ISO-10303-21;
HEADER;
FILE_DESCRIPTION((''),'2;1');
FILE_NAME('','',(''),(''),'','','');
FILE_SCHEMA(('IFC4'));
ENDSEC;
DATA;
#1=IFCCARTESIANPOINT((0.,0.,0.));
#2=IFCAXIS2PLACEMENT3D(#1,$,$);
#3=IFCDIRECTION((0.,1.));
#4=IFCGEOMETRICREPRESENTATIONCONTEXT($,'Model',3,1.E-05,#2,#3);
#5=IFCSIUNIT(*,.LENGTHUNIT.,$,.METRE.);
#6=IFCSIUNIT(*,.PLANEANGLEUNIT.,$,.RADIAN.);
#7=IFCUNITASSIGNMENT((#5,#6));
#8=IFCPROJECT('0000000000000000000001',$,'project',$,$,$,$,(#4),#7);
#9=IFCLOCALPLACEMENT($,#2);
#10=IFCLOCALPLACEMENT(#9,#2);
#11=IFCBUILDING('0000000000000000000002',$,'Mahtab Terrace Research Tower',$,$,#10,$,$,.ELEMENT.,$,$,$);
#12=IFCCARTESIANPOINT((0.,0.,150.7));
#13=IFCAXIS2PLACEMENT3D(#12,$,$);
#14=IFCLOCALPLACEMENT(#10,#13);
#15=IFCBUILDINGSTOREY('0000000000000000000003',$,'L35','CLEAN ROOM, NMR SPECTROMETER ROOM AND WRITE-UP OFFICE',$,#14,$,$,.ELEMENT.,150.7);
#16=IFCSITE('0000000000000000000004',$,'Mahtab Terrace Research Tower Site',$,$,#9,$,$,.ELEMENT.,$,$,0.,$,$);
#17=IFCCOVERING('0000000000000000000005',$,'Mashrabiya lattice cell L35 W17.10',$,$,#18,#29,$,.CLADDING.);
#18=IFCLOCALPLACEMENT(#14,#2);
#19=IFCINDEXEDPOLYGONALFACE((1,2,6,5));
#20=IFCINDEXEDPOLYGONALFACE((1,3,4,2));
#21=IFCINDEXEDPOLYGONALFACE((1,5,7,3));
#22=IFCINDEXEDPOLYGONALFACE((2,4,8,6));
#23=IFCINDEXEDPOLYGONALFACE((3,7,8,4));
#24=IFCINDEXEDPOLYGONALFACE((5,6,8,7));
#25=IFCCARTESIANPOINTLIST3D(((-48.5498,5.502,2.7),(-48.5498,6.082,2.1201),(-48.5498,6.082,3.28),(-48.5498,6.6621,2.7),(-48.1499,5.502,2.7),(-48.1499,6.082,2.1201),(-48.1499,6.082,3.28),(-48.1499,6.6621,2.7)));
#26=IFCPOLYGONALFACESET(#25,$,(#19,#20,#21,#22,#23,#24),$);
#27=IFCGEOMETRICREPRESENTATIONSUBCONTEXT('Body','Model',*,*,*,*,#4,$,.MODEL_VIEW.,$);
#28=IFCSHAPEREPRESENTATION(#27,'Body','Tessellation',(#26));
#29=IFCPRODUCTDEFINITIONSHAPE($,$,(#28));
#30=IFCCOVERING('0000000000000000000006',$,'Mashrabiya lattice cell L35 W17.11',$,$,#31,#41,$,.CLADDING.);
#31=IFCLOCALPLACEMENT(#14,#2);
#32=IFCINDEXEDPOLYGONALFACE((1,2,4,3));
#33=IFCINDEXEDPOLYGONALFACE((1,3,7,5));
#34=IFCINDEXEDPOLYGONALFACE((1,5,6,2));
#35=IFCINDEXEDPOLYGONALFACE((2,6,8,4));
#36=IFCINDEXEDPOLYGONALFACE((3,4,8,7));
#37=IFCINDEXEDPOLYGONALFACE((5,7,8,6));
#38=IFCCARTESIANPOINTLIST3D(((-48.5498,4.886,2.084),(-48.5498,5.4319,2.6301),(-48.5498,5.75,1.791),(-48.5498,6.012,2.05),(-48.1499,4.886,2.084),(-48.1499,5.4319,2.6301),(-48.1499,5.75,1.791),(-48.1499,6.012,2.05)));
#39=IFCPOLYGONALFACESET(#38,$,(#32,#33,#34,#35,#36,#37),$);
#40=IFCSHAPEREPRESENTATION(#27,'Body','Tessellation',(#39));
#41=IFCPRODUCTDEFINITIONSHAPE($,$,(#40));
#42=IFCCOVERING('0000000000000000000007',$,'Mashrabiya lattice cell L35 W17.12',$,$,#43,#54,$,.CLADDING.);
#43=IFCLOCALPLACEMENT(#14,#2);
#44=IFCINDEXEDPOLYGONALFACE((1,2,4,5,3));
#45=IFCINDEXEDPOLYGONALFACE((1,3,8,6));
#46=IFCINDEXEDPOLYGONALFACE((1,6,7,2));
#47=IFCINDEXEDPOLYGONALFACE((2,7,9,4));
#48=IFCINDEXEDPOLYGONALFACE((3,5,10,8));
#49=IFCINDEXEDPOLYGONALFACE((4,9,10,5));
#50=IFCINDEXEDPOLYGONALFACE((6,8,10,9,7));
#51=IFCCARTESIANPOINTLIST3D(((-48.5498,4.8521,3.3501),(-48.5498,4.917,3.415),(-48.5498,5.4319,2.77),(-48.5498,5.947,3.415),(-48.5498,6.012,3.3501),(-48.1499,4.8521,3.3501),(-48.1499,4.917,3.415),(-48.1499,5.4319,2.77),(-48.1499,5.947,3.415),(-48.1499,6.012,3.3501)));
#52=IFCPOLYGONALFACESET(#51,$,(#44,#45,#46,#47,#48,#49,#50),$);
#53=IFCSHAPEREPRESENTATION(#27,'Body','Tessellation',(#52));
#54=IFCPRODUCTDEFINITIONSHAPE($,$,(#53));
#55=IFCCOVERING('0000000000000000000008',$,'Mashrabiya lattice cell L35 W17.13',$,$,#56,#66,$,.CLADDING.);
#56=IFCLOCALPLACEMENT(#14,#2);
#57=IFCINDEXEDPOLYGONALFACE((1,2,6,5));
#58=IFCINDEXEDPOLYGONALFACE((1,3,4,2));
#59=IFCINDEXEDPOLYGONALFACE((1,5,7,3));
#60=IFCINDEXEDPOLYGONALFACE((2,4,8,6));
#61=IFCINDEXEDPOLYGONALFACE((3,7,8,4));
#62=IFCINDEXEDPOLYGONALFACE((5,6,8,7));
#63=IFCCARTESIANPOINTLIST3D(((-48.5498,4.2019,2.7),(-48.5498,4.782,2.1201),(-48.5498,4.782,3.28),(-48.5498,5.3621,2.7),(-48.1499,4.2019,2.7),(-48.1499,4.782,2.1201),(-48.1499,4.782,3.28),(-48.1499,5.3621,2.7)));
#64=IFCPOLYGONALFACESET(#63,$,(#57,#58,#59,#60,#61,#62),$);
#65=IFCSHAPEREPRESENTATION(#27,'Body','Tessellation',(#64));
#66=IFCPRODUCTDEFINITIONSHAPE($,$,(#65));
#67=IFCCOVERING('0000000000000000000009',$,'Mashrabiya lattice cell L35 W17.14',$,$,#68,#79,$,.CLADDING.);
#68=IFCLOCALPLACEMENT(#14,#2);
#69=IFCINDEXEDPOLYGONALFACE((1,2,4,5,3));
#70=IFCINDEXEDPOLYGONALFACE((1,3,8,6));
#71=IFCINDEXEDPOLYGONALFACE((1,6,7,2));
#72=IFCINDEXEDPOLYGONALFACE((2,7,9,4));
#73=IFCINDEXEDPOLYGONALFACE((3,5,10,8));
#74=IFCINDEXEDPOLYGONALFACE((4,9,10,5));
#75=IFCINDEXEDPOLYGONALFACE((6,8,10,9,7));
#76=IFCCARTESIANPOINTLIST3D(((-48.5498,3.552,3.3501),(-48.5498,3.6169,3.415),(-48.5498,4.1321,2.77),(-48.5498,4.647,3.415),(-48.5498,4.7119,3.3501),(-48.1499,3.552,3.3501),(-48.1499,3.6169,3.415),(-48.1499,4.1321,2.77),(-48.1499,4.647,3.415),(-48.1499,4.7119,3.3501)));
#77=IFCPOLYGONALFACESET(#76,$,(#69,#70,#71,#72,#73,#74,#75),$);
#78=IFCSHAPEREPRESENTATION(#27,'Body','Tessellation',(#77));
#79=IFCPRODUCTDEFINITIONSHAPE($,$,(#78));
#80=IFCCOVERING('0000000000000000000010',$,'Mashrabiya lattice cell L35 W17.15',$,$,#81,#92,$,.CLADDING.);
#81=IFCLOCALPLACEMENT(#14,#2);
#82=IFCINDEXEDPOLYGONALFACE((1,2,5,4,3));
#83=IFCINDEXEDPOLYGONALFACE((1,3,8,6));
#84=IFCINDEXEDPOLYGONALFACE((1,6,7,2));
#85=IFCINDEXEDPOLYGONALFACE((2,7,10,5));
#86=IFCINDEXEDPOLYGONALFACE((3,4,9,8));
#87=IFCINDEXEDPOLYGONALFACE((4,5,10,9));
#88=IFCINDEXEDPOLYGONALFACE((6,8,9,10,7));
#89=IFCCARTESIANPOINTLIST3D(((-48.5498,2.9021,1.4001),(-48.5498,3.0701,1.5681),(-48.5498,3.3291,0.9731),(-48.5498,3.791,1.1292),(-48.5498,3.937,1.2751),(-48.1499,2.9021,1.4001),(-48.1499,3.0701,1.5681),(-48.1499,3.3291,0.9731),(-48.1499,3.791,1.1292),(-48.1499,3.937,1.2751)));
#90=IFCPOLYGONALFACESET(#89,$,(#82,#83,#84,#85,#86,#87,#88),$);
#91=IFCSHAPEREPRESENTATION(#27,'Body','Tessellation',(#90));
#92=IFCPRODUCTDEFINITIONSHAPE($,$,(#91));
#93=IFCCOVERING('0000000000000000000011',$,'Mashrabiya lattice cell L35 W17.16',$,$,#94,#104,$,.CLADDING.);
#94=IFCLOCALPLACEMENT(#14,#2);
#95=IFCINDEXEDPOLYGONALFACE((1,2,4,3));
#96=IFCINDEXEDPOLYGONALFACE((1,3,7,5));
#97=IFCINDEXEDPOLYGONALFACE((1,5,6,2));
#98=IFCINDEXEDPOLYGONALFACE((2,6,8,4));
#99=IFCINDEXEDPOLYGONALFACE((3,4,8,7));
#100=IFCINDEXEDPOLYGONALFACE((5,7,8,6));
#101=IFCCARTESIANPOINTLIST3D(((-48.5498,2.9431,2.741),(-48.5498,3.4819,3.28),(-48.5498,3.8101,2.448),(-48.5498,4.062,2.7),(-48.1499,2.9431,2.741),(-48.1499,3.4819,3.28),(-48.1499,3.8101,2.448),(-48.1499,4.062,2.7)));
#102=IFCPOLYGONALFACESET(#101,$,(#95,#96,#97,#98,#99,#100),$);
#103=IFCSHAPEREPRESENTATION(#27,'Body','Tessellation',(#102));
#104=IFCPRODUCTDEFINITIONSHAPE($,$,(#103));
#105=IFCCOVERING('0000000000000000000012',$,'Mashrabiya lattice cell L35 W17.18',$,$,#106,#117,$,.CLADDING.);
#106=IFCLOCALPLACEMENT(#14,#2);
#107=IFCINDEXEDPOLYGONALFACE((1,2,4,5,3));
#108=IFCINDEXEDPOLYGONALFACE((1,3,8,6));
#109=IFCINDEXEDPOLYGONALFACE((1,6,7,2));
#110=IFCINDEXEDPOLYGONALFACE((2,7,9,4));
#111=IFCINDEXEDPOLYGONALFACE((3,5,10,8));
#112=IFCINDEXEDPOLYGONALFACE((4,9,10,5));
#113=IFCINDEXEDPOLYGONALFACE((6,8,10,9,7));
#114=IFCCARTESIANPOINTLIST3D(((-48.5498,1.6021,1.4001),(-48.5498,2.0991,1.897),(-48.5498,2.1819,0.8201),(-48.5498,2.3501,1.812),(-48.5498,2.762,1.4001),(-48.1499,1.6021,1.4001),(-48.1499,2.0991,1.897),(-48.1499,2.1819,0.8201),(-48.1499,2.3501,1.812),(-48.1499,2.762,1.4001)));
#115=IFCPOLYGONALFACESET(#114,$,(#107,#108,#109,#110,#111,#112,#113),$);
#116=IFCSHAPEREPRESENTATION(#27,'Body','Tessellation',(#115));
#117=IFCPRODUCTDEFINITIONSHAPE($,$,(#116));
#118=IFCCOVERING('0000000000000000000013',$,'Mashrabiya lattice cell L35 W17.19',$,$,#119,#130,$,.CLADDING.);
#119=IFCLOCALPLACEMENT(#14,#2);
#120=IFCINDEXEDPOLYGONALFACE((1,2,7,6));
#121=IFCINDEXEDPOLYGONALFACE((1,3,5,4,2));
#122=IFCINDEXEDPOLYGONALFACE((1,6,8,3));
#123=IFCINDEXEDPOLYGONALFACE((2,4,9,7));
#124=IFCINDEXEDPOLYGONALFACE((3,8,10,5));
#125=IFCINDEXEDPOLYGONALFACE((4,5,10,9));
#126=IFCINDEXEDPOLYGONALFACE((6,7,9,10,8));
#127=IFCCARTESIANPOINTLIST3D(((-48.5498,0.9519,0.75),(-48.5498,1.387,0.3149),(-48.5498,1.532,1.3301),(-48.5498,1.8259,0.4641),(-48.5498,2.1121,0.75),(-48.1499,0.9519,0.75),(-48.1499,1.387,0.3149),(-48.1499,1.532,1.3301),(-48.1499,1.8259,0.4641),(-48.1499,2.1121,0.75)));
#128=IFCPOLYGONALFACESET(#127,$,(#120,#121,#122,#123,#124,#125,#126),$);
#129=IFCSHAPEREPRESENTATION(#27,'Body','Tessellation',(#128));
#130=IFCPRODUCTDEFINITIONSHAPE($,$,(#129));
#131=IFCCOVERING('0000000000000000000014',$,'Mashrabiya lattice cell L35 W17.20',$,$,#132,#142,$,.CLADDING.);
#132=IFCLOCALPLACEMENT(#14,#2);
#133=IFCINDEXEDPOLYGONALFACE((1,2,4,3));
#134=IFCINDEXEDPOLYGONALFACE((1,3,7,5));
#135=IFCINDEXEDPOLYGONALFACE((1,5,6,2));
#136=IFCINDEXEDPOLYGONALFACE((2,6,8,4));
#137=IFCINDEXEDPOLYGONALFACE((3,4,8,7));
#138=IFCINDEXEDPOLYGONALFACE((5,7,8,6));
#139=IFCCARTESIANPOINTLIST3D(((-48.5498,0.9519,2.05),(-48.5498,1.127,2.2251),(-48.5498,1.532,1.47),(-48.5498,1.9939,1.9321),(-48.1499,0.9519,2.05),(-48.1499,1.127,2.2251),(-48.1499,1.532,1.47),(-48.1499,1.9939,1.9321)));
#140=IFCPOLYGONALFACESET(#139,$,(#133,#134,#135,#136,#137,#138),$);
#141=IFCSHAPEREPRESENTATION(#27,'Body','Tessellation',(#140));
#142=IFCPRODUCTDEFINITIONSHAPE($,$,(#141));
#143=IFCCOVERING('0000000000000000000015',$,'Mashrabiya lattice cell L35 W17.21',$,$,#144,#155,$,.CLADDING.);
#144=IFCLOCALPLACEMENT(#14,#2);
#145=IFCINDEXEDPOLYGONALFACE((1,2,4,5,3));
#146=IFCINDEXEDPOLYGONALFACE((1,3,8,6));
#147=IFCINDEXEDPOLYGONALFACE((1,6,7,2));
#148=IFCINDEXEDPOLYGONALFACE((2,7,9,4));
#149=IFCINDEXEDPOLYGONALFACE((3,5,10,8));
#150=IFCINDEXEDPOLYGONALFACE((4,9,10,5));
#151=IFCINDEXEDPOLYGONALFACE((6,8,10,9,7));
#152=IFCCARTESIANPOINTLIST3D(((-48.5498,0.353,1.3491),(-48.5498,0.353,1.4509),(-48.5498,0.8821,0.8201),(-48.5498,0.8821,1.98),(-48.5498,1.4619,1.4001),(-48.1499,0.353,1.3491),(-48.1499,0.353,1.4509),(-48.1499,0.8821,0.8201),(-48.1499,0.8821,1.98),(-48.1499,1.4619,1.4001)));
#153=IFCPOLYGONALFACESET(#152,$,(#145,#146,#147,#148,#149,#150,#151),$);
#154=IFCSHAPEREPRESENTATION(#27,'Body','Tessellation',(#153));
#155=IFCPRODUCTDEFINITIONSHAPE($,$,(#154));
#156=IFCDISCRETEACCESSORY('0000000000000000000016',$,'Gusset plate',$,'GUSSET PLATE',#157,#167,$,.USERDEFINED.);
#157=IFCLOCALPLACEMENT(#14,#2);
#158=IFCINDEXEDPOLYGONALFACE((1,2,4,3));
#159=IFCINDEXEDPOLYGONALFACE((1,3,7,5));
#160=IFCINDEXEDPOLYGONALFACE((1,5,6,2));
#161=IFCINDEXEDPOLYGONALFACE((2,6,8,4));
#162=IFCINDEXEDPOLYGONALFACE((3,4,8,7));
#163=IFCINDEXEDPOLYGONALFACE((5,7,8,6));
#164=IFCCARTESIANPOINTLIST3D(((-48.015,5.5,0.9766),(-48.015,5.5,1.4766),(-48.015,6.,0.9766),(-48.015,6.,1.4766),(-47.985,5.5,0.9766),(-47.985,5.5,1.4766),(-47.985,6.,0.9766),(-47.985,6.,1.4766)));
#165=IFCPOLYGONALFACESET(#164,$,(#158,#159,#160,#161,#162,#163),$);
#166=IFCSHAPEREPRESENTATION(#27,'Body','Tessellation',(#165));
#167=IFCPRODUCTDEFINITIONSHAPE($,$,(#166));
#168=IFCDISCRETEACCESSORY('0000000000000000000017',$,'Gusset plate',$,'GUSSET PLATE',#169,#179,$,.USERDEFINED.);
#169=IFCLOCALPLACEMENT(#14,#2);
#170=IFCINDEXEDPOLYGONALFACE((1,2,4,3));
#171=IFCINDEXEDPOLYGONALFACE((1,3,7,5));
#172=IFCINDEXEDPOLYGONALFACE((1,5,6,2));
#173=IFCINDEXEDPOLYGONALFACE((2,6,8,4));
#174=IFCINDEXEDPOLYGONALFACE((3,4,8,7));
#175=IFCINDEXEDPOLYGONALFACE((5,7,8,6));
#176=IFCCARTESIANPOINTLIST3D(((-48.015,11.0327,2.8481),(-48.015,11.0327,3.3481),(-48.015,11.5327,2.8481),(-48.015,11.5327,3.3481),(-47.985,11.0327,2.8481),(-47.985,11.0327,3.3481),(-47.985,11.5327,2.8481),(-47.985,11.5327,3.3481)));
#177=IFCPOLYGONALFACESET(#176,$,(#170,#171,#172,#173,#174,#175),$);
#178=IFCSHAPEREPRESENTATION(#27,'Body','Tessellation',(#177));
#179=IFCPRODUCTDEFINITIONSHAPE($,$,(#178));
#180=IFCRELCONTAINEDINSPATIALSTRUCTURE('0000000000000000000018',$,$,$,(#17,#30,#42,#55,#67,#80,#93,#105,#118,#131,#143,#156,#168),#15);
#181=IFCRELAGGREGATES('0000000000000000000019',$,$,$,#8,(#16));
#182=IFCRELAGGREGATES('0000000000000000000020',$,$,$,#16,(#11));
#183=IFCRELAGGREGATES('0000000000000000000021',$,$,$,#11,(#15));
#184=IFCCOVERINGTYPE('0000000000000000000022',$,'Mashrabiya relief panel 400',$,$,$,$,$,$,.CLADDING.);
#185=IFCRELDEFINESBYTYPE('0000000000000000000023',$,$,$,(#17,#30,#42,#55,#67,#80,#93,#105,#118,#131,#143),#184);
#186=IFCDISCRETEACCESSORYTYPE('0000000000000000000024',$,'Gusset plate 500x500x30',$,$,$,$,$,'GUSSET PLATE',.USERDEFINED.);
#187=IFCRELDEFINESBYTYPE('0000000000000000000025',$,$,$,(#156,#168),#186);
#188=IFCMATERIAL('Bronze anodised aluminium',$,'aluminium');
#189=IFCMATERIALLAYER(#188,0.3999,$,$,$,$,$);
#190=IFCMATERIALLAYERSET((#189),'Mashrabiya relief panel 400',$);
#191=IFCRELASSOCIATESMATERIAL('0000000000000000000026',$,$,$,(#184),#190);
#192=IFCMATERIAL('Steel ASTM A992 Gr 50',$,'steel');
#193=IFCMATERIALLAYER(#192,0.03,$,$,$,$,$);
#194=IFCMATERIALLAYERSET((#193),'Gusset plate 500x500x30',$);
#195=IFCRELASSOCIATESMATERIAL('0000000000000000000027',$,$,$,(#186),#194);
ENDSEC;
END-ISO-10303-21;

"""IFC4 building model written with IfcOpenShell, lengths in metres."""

from ifc_helpers import new_model, si_unit, direction, frame, origin, origin_2d, place, context, subcontext, project, spatial, polyline, rectangle, outline, extrude, material, layer, layer_set, type_object, element, save


model = new_model("IFC4")

# Units and contexts
model_context = context("Model", 3, precision=1e-05, world=origin(), true_north=direction((0.0, 1.0)))
body_context = subcontext(model_context, "Body", "Model", "MODEL_VIEW")
ifc_project = project(units=[si_unit("LENGTHUNIT", "METRE"), si_unit("PLANEANGLEUNIT", "RADIAN")], contexts=[model_context])

# Site, building, storey
site_placement = place(None, origin())
site = spatial("IfcSite", under=ifc_project, at=site_placement, Name="Mahtab Terrace Research Tower Site", CompositionType="ELEMENT", RefElevation=0.0)
building_placement = place(site_placement, origin())
building = spatial("IfcBuilding", under=site, at=building_placement, Name="Mahtab Terrace Research Tower", CompositionType="ELEMENT")
storey_placement = place(building_placement, frame((0.0, 0.0, 150.7)))
storey = spatial("IfcBuildingStorey", under=building, at=storey_placement, Name="L35", Description="CLEAN ROOM, NMR SPECTROMETER ROOM AND WRITE-UP OFFICE", CompositionType="ELEMENT", Elevation=150.7)

# Shared definitions
ifc_material_1 = material(Name="Steel ASTM A992 Gr 50", Category="steel")

# Coverings
ifc_material_2 = material(Name="Bronze anodised aluminium", Category="aluminium")
ifc_layer_1 = layer(ifc_material_2, 0.3999)
ifc_layer_set_1 = layer_set([ifc_layer_1], Name="Mashrabiya relief panel 400")
covering_type = type_object("IfcCoveringType", Name="Mashrabiya relief panel 400", PredefinedType="CLADDING", material=ifc_layer_set_1)
covering_1_placement = place(storey_placement, frame((-48.1499, 6.082, 3.28), z_axis=(1.0, 0.0, 0.0), x_axis=(0.0, -0.707107, -0.707107)))
element("IfcCovering", 1, at=covering_1_placement, inside=storey, type_object=covering_type, Name="Mashrabiya lattice cell L35 W17.10", PredefinedType="CLADDING", context=body_context, shape_type="SweptSolid", body=[
    extrude(outline(polyline([(0.0, 0.0), (0.8204, 0.0), (0.8202, 0.8202), (0.0, 0.8204), (0.0, 0.0)])), origin(), (0.0, 0.0, -1.0), 0.3999),
])
covering_2_placement = place(storey_placement, frame((-48.1499, 6.012, 2.05), z_axis=(1.0, 0.0, 0.0), x_axis=(0.0, -0.707107, 0.707107)))
element("IfcCovering", 2, at=covering_2_placement, inside=storey, type_object=covering_type, Name="Mashrabiya lattice cell L35 W17.11", PredefinedType="CLADDING", context=body_context, shape_type="SweptSolid", body=[
    extrude(outline(polyline([(0.0, 0.0), (0.8204, 0.0), (0.8202, 0.7722), (0.0021, 0.3684), (0.0, 0.0)])), origin(), (0.0, 0.0, -1.0), 0.3999),
])
covering_3_placement = place(storey_placement, frame((-48.1499, 4.8521, 3.3501), z_axis=(1.0, 0.0, 0.0), x_axis=(0.0, 0.706958, -0.707256)))
element("IfcCovering", 3, at=covering_3_placement, inside=storey, type_object=covering_type, Name="Mashrabiya lattice cell L35 W17.12", PredefinedType="CLADDING", context=body_context, shape_type="SweptSolid", body=[
    extrude(outline(polyline([(0.0, 0.0), (0.8202, 0.0), (0.82, 0.8204), (0.7282, 0.8203), (0.0, 0.0918), (0.0, 0.0)])), origin(), (0.0, 0.0, -1.0), 0.3999),
])
covering_4_placement = place(storey_placement, frame((-48.1499, 4.782, 3.28), z_axis=(1.0, 0.0, 0.0), x_axis=(0.0, -0.707107, -0.707107)))
element("IfcCovering", 4, at=covering_4_placement, inside=storey, type_object=covering_type, Name="Mashrabiya lattice cell L35 W17.13", PredefinedType="CLADDING", context=body_context, shape_type="SweptSolid", body=[
    extrude(outline(polyline([(0.0, 0.0), (0.8204, 0.0), (0.8202, 0.8202), (0.0, 0.8204), (0.0, 0.0)])), origin(), (0.0, 0.0, -1.0), 0.3999),
])
covering_5_placement = place(storey_placement, frame((-48.1499, 3.552, 3.3501), z_axis=(1.0, 0.0, 0.0), x_axis=(0.0, 0.707107, -0.707107)))
element("IfcCovering", 5, at=covering_5_placement, inside=storey, type_object=covering_type, Name="Mashrabiya lattice cell L35 W17.14", PredefinedType="CLADDING", context=body_context, shape_type="SweptSolid", body=[
    extrude(outline(polyline([(0.0, 0.0), (0.8204, 0.0), (0.8202, 0.8202), (0.7283, 0.8202), (0.0, 0.0918), (0.0, 0.0)])), origin(), (0.0, 0.0, -1.0), 0.3999),
])
covering_6_placement = place(storey_placement, frame((-48.1499, 3.937, 1.2751), z_axis=(1.0, 0.0, 0.0), x_axis=(0.0, -0.947368, 0.320147)))
element("IfcCovering", 6, at=covering_6_placement, inside=storey, type_object=covering_type, Name="Mashrabiya lattice cell L35 W17.15", PredefinedType="CLADDING", context=body_context, shape_type="SweptSolid", body=[
    extrude(outline(polyline([(0.0, 0.0), (0.9151, 0.0), (1.0205, 0.2129), (0.4792, 0.4807), (0.0916, 0.1851), (0.0, 0.0)])), origin(), (0.0, 0.0, -1.0), 0.3999),
])
covering_7_placement = place(storey_placement, frame((-48.1499, 4.062, 2.7), z_axis=(1.0, 0.0, 0.0), x_axis=(0.0, -0.707107, 0.707107)))
element("IfcCovering", 7, at=covering_7_placement, inside=storey, type_object=covering_type, Name="Mashrabiya lattice cell L35 W17.16", PredefinedType="CLADDING", context=body_context, shape_type="SweptSolid", body=[
    extrude(outline(polyline([(0.0, 0.0), (0.8204, 0.0), (0.8202, 0.7622), (0.0, 0.3563), (0.0, 0.0)])), origin(), (0.0, 0.0, -1.0), 0.3999),
])
covering_8_placement = place(storey_placement, frame((-48.1499, 1.6021, 1.4001), z_axis=(1.0, 0.0, 0.0), x_axis=(0.0, 0.706958, -0.707256)))
element("IfcCovering", 8, at=covering_8_placement, inside=storey, type_object=covering_type, Name="Mashrabiya lattice cell L35 W17.18", PredefinedType="CLADDING", context=body_context, shape_type="SweptSolid", body=[
    extrude(outline(polyline([(0.0, 0.0), (0.8202, 0.0), (0.82, 0.8204), (0.2375, 0.8202), (0.0, 0.7028), (0.0, 0.0)])), origin(), (0.0, 0.0, -1.0), 0.3999),
])
covering_9_placement = place(storey_placement, frame((-48.1499, 2.1121, 0.75), z_axis=(1.0, 0.0, 0.0), x_axis=(0.0, -0.707107, 0.707107)))
element("IfcCovering", 9, at=covering_9_placement, inside=storey, type_object=covering_type, Name="Mashrabiya lattice cell L35 W17.19", PredefinedType="CLADDING", context=body_context, shape_type="SweptSolid", body=[
    extrude(outline(polyline([(0.0, 0.0), (0.8204, 0.0), (0.8204, 0.8204), (0.2051, 0.8204), (0.0002, 0.4045), (0.0, 0.0)])), origin(), (0.0, 0.0, -1.0), 0.3999),
])
covering_10_placement = place(storey_placement, frame((-48.1499, 0.9519, 2.05), z_axis=(1.0, 0.0, 0.0), x_axis=(0.0, 0.707107, -0.707107)))
element("IfcCovering", 10, at=covering_10_placement, inside=storey, type_object=covering_type, Name="Mashrabiya lattice cell L35 W17.20", PredefinedType="CLADDING", context=body_context, shape_type="SweptSolid", body=[
    extrude(outline(polyline([(0.0, 0.0), (0.8204, 0.0), (0.8202, 0.6534), (0.0, 0.2476), (0.0, 0.0)])), origin(), (0.0, 0.0, -1.0), 0.3999),
])
covering_11_placement = place(storey_placement, frame((-48.1499, 0.8821, 0.8201), z_axis=(1.0, 0.0, 0.0), x_axis=(0.0, 0.706958, 0.707256)))
element("IfcCovering", 11, at=covering_11_placement, inside=storey, type_object=covering_type, Name="Mashrabiya lattice cell L35 W17.21", PredefinedType="CLADDING", context=body_context, shape_type="SweptSolid", body=[
    extrude(outline(polyline([(0.0, 0.0), (0.8202, 0.0), (0.8204, 0.82), (0.0722, 0.8202), (0.0002, 0.7482), (0.0, 0.0)])), origin(), (0.0, 0.0, -1.0), 0.3999),
])

# Discrete accessories
ifc_layer_2 = layer(ifc_material_1, 0.03)
ifc_layer_set_2 = layer_set([ifc_layer_2], Name="Gusset plate 500x500x30")
discrete_accessory_type = type_object("IfcDiscreteAccessoryType", Name="Gusset plate 500x500x30", ElementType="GUSSET PLATE", PredefinedType="USERDEFINED", material=ifc_layer_set_2)
for number, where, z_axis, x_axis, name in (
    (12, (-48.0, 5.75, 0.9766), (0.0, 0.0, 1.0), (0.0, 1.0, 0.0), "Gusset plate"),
    (13, (-48.0, 11.2827, 2.8481), (0.0, 0.0, 1.0), (0.0, 1.0, 0.0), "Gusset plate"),
):
    element("IfcDiscreteAccessory", number, at=place(storey_placement, frame(where, z_axis=z_axis, x_axis=x_axis)), inside=storey, type_object=discrete_accessory_type, Name=name, ObjectType="GUSSET PLATE", PredefinedType="USERDEFINED", context=body_context, shape_type="SweptSolid", body=[
        extrude(rectangle(XDim=0.5, YDim=0.03, at=origin_2d()), origin(), (0.0, 0.0, 1.0), 0.5),
    ])

save(model, "model.ifc")
